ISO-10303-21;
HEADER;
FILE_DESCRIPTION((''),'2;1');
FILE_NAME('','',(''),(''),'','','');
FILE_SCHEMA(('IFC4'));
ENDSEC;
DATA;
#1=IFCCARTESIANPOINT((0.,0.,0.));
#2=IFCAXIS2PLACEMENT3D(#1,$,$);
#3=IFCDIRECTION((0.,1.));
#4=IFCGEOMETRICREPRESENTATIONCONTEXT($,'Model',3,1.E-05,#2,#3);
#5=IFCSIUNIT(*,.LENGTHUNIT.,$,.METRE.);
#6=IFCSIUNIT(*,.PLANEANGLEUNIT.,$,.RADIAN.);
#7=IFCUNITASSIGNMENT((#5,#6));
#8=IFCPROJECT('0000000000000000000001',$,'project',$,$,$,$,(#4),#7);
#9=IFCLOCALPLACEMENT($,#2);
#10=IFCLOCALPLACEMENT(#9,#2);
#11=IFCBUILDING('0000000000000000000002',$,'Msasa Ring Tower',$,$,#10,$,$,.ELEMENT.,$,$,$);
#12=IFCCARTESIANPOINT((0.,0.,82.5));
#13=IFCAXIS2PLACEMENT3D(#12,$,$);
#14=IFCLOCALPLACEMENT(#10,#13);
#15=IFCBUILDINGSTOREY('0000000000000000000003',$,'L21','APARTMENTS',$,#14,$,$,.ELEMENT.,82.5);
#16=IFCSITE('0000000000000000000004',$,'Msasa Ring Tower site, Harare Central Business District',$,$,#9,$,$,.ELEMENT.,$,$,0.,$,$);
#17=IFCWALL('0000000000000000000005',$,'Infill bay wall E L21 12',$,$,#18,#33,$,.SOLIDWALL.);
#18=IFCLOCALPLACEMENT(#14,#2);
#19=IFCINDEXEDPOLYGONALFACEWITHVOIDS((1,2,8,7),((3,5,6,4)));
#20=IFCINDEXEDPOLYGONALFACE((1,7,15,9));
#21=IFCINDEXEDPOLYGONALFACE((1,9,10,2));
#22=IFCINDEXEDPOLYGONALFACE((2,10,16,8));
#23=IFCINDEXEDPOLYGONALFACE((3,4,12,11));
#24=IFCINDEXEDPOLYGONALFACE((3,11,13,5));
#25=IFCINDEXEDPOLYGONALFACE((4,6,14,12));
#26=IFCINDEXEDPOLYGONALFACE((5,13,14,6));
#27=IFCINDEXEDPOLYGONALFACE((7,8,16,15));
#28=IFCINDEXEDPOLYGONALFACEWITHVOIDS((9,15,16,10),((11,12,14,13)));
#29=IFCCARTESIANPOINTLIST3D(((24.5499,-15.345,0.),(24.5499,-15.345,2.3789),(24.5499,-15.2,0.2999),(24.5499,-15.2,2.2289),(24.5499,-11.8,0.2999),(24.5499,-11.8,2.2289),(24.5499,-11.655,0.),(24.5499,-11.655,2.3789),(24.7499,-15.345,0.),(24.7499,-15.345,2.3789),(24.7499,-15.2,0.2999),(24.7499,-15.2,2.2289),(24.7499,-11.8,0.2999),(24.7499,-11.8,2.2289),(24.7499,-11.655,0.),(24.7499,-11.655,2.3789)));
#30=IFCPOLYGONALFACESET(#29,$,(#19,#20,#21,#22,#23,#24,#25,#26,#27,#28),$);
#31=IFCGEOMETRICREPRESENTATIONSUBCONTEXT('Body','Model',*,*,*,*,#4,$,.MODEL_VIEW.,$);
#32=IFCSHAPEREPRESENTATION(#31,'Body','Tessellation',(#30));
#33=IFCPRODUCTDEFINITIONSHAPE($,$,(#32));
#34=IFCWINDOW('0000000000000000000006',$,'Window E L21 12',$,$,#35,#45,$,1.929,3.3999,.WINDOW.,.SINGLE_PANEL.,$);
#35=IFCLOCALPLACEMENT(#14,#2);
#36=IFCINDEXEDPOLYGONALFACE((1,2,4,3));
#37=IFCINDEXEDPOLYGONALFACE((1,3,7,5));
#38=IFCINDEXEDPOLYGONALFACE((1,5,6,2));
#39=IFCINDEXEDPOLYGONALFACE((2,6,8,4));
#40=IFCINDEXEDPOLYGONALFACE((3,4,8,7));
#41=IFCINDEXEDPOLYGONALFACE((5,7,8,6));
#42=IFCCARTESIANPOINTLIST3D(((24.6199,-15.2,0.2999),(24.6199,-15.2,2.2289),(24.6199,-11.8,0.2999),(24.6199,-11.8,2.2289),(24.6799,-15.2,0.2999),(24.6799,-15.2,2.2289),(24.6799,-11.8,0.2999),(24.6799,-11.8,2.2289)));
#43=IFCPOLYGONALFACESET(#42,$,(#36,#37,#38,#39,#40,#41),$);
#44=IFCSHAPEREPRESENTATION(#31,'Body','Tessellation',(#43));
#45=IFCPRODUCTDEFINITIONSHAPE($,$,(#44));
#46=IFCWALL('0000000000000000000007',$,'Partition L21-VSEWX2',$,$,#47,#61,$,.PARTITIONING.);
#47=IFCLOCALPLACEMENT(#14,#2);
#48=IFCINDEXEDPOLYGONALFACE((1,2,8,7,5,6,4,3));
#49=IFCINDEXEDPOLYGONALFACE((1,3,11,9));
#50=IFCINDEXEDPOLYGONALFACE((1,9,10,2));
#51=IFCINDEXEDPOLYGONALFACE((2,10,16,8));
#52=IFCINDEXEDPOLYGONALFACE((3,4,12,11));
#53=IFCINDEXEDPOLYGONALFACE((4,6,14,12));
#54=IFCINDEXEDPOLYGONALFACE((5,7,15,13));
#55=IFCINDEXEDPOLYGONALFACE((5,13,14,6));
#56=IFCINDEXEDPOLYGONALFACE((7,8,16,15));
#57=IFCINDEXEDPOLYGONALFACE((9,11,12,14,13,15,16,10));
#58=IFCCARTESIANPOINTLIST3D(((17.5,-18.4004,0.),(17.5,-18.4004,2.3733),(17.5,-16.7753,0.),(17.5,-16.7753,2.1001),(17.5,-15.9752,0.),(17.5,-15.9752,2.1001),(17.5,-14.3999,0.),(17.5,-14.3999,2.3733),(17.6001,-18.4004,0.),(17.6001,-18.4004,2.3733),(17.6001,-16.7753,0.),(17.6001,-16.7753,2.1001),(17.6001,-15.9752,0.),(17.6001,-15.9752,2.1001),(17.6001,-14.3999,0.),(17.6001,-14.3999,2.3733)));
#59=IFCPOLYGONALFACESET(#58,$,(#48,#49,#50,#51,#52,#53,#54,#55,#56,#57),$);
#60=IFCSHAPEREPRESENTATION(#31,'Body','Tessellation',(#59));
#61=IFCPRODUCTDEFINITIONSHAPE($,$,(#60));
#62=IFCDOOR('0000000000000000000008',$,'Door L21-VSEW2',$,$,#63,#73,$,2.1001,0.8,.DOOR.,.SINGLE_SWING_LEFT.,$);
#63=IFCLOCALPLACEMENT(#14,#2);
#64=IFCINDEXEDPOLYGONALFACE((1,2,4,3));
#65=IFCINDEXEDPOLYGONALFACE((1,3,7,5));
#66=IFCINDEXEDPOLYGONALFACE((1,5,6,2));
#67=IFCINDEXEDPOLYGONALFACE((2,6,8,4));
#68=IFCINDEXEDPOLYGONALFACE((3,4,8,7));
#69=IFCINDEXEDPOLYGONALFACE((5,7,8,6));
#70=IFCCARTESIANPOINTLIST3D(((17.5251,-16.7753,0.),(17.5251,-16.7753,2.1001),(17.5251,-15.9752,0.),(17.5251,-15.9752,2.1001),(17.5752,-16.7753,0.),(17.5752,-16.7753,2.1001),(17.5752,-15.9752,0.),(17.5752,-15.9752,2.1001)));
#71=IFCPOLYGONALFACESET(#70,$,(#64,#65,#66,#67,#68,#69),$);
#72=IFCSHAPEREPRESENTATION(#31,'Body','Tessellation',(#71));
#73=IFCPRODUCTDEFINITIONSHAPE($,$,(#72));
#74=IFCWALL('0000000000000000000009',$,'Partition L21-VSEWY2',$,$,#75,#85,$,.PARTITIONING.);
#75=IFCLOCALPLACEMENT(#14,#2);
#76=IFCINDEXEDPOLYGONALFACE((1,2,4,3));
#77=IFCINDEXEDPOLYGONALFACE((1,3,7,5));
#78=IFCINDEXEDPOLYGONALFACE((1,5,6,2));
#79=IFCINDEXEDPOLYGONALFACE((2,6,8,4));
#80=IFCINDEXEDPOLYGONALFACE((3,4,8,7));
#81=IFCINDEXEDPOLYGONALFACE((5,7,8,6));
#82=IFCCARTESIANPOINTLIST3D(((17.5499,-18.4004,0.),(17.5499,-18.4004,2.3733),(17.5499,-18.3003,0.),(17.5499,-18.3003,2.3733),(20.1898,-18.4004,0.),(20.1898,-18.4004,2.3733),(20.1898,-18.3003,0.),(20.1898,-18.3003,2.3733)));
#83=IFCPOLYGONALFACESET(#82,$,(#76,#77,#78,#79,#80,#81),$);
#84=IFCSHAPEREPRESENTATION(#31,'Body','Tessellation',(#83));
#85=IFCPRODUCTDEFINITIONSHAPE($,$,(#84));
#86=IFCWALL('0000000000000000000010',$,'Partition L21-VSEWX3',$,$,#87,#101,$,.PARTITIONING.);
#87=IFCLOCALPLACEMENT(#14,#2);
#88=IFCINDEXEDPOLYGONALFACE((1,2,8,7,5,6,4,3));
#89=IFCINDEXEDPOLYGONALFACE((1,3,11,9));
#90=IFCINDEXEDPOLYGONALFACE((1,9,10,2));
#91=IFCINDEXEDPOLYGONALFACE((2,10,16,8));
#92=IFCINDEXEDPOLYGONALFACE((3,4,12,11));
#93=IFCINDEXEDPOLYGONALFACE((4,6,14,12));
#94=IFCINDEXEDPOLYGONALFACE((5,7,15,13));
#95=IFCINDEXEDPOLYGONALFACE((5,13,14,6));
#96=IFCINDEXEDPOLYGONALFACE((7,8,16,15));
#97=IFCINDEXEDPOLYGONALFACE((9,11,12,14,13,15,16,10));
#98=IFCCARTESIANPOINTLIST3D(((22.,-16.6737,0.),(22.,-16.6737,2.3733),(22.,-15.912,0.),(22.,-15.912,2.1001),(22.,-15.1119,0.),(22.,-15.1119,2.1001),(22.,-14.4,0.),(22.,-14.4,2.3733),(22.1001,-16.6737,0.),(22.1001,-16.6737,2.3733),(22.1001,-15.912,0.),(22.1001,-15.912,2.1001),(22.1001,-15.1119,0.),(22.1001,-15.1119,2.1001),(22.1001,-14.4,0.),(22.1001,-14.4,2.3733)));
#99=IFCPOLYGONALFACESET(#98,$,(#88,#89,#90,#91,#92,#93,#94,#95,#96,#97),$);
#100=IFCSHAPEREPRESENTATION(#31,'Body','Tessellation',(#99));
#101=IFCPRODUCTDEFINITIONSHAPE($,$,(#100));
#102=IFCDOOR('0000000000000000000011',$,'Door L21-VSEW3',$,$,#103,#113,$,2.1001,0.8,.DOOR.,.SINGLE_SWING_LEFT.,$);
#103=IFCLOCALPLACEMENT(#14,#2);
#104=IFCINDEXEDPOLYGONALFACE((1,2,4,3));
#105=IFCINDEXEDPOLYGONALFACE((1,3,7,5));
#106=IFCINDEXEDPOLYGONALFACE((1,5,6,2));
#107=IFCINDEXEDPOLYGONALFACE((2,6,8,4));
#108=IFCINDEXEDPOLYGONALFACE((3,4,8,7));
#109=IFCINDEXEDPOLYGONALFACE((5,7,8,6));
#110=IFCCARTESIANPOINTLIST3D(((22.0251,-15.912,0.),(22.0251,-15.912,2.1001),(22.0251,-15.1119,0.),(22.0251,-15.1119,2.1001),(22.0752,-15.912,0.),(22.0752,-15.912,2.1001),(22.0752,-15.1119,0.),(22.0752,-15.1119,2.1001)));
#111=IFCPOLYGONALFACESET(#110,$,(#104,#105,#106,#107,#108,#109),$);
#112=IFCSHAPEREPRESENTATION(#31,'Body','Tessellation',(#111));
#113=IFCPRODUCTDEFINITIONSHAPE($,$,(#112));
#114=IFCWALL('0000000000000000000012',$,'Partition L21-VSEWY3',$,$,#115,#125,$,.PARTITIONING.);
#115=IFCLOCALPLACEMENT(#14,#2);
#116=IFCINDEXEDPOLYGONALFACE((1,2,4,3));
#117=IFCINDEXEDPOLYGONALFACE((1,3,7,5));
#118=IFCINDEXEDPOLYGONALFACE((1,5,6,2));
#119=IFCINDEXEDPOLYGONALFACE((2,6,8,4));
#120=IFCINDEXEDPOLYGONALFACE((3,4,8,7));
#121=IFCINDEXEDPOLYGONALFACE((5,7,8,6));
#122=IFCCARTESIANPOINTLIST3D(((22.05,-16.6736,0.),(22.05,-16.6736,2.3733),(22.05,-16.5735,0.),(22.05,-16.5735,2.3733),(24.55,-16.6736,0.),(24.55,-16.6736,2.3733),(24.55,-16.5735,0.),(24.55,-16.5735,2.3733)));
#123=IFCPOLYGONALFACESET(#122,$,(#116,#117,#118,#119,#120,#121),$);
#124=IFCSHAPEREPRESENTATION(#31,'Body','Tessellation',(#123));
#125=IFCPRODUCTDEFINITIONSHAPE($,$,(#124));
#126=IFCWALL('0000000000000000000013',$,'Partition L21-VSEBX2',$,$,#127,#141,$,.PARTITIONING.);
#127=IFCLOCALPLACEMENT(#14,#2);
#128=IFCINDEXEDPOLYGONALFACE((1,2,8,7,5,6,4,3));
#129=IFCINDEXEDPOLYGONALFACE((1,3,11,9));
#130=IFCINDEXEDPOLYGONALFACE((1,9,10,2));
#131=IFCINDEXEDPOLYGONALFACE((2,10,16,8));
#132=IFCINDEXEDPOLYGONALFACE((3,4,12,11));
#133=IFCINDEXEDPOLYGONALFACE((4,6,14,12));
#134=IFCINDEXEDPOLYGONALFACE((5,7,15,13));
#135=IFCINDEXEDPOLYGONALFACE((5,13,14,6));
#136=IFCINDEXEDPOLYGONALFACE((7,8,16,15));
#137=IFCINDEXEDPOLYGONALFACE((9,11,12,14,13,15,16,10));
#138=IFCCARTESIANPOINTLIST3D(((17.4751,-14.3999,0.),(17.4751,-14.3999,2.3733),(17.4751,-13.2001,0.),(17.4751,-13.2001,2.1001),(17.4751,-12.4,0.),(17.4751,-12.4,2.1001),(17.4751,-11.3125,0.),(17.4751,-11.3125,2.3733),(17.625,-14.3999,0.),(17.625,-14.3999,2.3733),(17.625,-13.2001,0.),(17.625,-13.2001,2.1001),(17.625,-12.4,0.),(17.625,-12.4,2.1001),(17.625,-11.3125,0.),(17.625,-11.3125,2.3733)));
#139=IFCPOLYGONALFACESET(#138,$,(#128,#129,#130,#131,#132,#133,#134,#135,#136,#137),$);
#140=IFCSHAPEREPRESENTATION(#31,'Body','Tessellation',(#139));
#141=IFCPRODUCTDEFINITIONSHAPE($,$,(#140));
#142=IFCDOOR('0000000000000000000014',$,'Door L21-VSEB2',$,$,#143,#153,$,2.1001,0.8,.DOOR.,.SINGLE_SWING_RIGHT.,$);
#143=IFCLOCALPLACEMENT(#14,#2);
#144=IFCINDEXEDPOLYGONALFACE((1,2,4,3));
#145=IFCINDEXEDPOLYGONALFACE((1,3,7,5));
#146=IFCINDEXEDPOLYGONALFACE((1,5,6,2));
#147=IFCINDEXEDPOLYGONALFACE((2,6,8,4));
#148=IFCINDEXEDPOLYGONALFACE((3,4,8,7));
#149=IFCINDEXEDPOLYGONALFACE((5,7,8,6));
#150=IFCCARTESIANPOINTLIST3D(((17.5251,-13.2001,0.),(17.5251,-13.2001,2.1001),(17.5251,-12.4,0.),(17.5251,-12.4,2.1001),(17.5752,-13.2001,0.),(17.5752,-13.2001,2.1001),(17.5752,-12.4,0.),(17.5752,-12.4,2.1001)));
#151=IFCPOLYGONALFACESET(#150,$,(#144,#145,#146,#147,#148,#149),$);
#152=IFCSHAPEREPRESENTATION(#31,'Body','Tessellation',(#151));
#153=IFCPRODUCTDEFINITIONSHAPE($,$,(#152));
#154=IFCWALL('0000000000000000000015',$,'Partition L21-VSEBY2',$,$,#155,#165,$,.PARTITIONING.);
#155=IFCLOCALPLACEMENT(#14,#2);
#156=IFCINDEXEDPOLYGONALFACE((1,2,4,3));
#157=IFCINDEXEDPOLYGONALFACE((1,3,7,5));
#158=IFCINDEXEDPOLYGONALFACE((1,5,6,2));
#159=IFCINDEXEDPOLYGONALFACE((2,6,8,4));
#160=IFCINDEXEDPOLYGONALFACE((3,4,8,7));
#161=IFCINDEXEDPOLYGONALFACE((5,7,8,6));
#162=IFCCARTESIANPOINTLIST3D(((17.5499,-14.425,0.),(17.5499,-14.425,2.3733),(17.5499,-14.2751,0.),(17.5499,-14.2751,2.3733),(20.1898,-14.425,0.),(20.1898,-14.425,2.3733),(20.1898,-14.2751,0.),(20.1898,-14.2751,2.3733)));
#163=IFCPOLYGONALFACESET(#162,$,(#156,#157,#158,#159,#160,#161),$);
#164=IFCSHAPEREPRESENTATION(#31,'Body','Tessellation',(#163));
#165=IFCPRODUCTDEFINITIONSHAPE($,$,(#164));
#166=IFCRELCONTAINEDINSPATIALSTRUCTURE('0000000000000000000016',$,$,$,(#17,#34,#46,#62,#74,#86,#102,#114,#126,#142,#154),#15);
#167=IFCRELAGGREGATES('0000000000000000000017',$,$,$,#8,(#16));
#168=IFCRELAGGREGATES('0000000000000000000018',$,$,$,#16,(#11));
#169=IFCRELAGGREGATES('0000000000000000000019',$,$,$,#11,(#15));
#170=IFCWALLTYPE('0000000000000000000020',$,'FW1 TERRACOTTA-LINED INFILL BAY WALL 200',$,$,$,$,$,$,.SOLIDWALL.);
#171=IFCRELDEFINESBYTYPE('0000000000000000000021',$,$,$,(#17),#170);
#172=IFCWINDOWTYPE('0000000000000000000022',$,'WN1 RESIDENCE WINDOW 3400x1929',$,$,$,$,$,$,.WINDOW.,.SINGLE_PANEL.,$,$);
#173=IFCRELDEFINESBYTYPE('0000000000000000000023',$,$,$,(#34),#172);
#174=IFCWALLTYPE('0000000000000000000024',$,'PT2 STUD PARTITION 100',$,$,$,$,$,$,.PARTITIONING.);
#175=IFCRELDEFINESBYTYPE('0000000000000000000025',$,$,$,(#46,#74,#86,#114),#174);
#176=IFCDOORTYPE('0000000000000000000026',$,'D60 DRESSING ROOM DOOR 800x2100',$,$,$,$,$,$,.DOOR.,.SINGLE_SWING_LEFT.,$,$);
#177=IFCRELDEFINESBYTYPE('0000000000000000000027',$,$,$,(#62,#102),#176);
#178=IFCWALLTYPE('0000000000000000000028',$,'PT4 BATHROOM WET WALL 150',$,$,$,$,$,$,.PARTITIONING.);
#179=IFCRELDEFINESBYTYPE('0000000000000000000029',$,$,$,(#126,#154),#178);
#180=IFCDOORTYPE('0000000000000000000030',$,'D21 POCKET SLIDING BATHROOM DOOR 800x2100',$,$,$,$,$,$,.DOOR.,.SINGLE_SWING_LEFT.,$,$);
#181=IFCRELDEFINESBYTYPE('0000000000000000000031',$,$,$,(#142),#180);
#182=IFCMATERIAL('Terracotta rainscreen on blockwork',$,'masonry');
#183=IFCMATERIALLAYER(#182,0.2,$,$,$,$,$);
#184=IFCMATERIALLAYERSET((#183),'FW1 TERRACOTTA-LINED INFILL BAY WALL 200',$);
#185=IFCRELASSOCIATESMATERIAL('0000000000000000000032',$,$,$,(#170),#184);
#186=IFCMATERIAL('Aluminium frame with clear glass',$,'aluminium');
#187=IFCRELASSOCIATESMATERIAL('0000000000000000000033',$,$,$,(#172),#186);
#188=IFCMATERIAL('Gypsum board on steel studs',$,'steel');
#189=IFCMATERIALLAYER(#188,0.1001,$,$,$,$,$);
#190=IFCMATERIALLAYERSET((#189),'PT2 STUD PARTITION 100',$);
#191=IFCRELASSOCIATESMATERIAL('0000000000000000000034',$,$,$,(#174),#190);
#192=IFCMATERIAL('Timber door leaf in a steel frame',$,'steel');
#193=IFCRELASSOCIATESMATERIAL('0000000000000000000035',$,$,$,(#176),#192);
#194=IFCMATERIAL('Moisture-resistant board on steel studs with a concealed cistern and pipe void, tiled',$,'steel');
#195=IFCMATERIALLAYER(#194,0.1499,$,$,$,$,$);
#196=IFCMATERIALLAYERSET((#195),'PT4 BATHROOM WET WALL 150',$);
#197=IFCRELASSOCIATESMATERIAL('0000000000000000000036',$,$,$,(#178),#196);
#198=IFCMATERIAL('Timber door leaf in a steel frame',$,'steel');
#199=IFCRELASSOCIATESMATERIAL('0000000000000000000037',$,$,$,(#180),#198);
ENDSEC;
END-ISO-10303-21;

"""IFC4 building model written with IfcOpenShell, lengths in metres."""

from ifc_helpers import new_model, si_unit, direction, frame, frame_2d, origin, place, context, subcontext, project, spatial, rectangle, extrude, material, layer, layer_set, type_object, element, fill, save


model = new_model("IFC4")

# Units and contexts
model_context = context("Model", 3, precision=1e-05, world=origin(), true_north=direction((0.0, 1.0)))
body_context = subcontext(model_context, "Body", "Model", "MODEL_VIEW")
ifc_project = project(units=[si_unit("LENGTHUNIT", "METRE"), si_unit("PLANEANGLEUNIT", "RADIAN")], contexts=[model_context])

# Site, building, storey
site_placement = place(None, origin())
site = spatial("IfcSite", under=ifc_project, at=site_placement, Name="Msasa Ring Tower site, Harare Central Business District", CompositionType="ELEMENT", RefElevation=0.0)
building_placement = place(site_placement, origin())
building = spatial("IfcBuilding", under=site, at=building_placement, Name="Msasa Ring Tower", CompositionType="ELEMENT")
storey_placement = place(building_placement, frame((0.0, 0.0, 82.5)))
storey = spatial("IfcBuildingStorey", under=building, at=storey_placement, Name="L21", Description="APARTMENTS", CompositionType="ELEMENT", Elevation=82.5)

# Wall, opening, window
ifc_material_1 = material(Name="Terracotta rainscreen on blockwork", Category="masonry")
ifc_layer_1 = layer(ifc_material_1, 0.2)
ifc_layer_set_1 = layer_set([ifc_layer_1], Name="FW1 TERRACOTTA-LINED INFILL BAY WALL 200")
wall_type_1 = type_object("IfcWallType", Name="FW1 TERRACOTTA-LINED INFILL BAY WALL 200", PredefinedType="SOLIDWALL", material=ifc_layer_set_1)
ifc_material_2 = material(Name="Aluminium frame with clear glass", Category="aluminium")
window_type = type_object("IfcWindowType", Name="WN1 RESIDENCE WINDOW 3400x1929", PartitioningType="SINGLE_PANEL", PredefinedType="WINDOW", material=ifc_material_2)
wall_1_placement = place(storey_placement, frame((24.6499, -15.345, 0.0), z_axis=(0.0, 0.0, 1.0), x_axis=(0.0, 1.0, 0.0)))
wall_1 = element("IfcWall", 1, at=wall_1_placement, inside=storey, type_object=wall_type_1, Name="Infill bay wall E L21 12", PredefinedType="SOLIDWALL", context=body_context, shape_type="SweptSolid", body=[
    extrude(rectangle(XDim=3.6899, YDim=0.2, at=frame_2d((1.845, 0.0))), origin(), (0.0, 0.0, 1.0), 2.3789),
])
opening_1_placement = place(wall_1_placement, frame((0.145, 0.0, 0.3)))
opening_1 = element("IfcOpeningElement", 2, at=opening_1_placement, cuts=wall_1, PredefinedType="OPENING", context=body_context, shape_type="SweptSolid", body=[
    extrude(rectangle(XDim=3.3999, YDim=1.929, at=frame_2d((1.7, 0.9644))), frame((0.0, 0.1099, 0.0), z_axis=(0.0, -1.0, 0.0), x_axis=(1.0, 0.0, 0.0)), (0.0, 0.0, 1.0), 0.22),
])
window_1_placement = place(opening_1_placement, origin())
window_1 = element("IfcWindow", 3, at=window_1_placement, inside=storey, type_object=window_type, Name="Window E L21 12", OverallHeight=1.929, OverallWidth=3.3999, PartitioningType="SINGLE_PANEL", PredefinedType="WINDOW", context=body_context, shape_type="SweptSolid", body=[
    extrude(rectangle(XDim=3.3999, YDim=1.929, at=frame_2d((1.7, 0.9644))), frame((0.0, 0.03, 0.0), z_axis=(0.0, -1.0, 0.0), x_axis=(1.0, 0.0, 0.0)), (0.0, 0.0, 1.0), 0.0601),
])
fill(opening_1, window_1)

# Wall, opening, door
ifc_material_3 = material(Name="Gypsum board on steel studs", Category="steel")
ifc_layer_2 = layer(ifc_material_3, 0.1001)
ifc_layer_set_2 = layer_set([ifc_layer_2], Name="PT2 STUD PARTITION 100")
wall_type_2 = type_object("IfcWallType", Name="PT2 STUD PARTITION 100", PredefinedType="PARTITIONING", material=ifc_layer_set_2)
wall_2_placement = place(storey_placement, frame((17.55, -18.4004, 0.0), z_axis=(0.0, 0.0, 1.0), x_axis=(0.0, 1.0, 0.0)))
wall_2 = element("IfcWall", 4, at=wall_2_placement, inside=storey, type_object=wall_type_2, Name="Partition L21-VSEWX2", PredefinedType="PARTITIONING", context=body_context, shape_type="SweptSolid", body=[
    extrude(rectangle(XDim=4.0005, YDim=0.1001, at=frame_2d((2.0002, 0.0))), origin(), (0.0, 0.0, 1.0), 2.3733),
])
opening_2_placement = place(wall_2_placement, frame((1.6252, 0.0, 0.0)))
opening_2 = element("IfcOpeningElement", 5, at=opening_2_placement, cuts=wall_2, PredefinedType="OPENING", context=body_context, shape_type="SweptSolid", body=[
    extrude(rectangle(XDim=0.8, YDim=2.1001, at=frame_2d((0.3999, 1.05))), frame((0.0, 0.0601, 0.0), z_axis=(0.0, -1.0, 0.0), x_axis=(1.0, 0.0, 0.0)), (0.0, 0.0, 1.0), 0.1201),
])
ifc_material_4 = material(Name="Timber door leaf in a steel frame", Category="steel")
door_type_1 = type_object("IfcDoorType", Name="D60 DRESSING ROOM DOOR 800x2100", OperationType="SINGLE_SWING_LEFT", PredefinedType="DOOR", material=ifc_material_4)
door_1_placement = place(opening_2_placement, origin())
door_1 = element("IfcDoor", 6, at=door_1_placement, inside=storey, type_object=door_type_1, Name="Door L21-VSEW2", OperationType="SINGLE_SWING_LEFT", OverallHeight=2.1001, OverallWidth=0.8, PredefinedType="DOOR", context=body_context, shape_type="SweptSolid", body=[
    extrude(rectangle(XDim=0.8, YDim=2.1001, at=frame_2d((0.3999, 1.05))), frame((0.0, 0.0249, 0.0), z_axis=(0.0, -1.0, 0.0), x_axis=(1.0, 0.0, 0.0)), (0.0, 0.0, 1.0), 0.05),
])
fill(opening_2, door_1)

# Wall
wall_3_placement = place(storey_placement, frame((17.55, -18.3503, 0.0), z_axis=(0.0, 0.0, 1.0), x_axis=(1.0, 0.0, 0.0)))
element("IfcWall", 7, at=wall_3_placement, inside=storey, type_object=wall_type_2, Name="Partition L21-VSEWY2", PredefinedType="PARTITIONING", context=body_context, shape_type="SweptSolid", body=[
    extrude(rectangle(XDim=2.6399, YDim=0.1001, at=frame_2d((1.3198, 0.0))), origin(), (0.0, 0.0, 1.0), 2.3733),
])

# Wall, opening, door
wall_4_placement = place(storey_placement, frame((22.05, -16.6736, 0.0), z_axis=(0.0, 0.0, 1.0), x_axis=(0.0, 1.0, 0.0)))
wall_4 = element("IfcWall", 8, at=wall_4_placement, inside=storey, type_object=wall_type_2, Name="Partition L21-VSEWX3", PredefinedType="PARTITIONING", context=body_context, shape_type="SweptSolid", body=[
    extrude(rectangle(XDim=2.2737, YDim=0.1001, at=frame_2d((1.1367, 0.0))), origin(), (0.0, 0.0, 1.0), 2.3733),
])
opening_3_placement = place(wall_4_placement, frame((0.7617, 0.0, 0.0)))
opening_3 = element("IfcOpeningElement", 9, at=opening_3_placement, cuts=wall_4, PredefinedType="OPENING", context=body_context, shape_type="SweptSolid", body=[
    extrude(rectangle(XDim=0.8, YDim=2.1001, at=frame_2d((0.3999, 1.05))), frame((0.0, 0.0601, 0.0), z_axis=(0.0, -1.0, 0.0), x_axis=(1.0, 0.0, 0.0)), (0.0, 0.0, 1.0), 0.1201),
])
door_2_placement = place(opening_3_placement, origin())
door_2 = element("IfcDoor", 10, at=door_2_placement, inside=storey, type_object=door_type_1, Name="Door L21-VSEW3", OperationType="SINGLE_SWING_LEFT", OverallHeight=2.1001, OverallWidth=0.8, PredefinedType="DOOR", context=body_context, shape_type="SweptSolid", body=[
    extrude(rectangle(XDim=0.8, YDim=2.1001, at=frame_2d((0.3999, 1.05))), frame((0.0, 0.0249, 0.0), z_axis=(0.0, -1.0, 0.0), x_axis=(1.0, 0.0, 0.0)), (0.0, 0.0, 1.0), 0.05),
])
fill(opening_3, door_2)

# Wall
wall_5_placement = place(storey_placement, frame((22.05, -16.6235, 0.0), z_axis=(0.0, 0.0, 1.0), x_axis=(1.0, 0.0, 0.0)))
element("IfcWall", 11, at=wall_5_placement, inside=storey, type_object=wall_type_2, Name="Partition L21-VSEWY3", PredefinedType="PARTITIONING", context=body_context, shape_type="SweptSolid", body=[
    extrude(rectangle(XDim=2.5, YDim=0.1001, at=frame_2d((1.25, 0.0))), origin(), (0.0, 0.0, 1.0), 2.3733),
])

# Wall, opening, door
ifc_material_5 = material(Name="Moisture-resistant board on steel studs with a concealed cistern and pipe void, tiled", Category="steel")
ifc_layer_3 = layer(ifc_material_5, 0.1499)
ifc_layer_set_3 = layer_set([ifc_layer_3], Name="PT4 BATHROOM WET WALL 150")
wall_type_3 = type_object("IfcWallType", Name="PT4 BATHROOM WET WALL 150", PredefinedType="PARTITIONING", material=ifc_layer_set_3)
wall_6_placement = place(storey_placement, frame((17.55, -14.3999, 0.0), z_axis=(0.0, 0.0, 1.0), x_axis=(0.0, 1.0, 0.0)))
wall_6 = element("IfcWall", 12, at=wall_6_placement, inside=storey, type_object=wall_type_3, Name="Partition L21-VSEBX2", PredefinedType="PARTITIONING", context=body_context, shape_type="SweptSolid", body=[
    extrude(rectangle(XDim=3.0874, YDim=0.1499, at=frame_2d((1.5437, 0.0))), origin(), (0.0, 0.0, 1.0), 2.3733),
])
opening_4_placement = place(wall_6_placement, frame((1.2, 0.0, 0.0)))
opening_4 = element("IfcOpeningElement", 13, at=opening_4_placement, cuts=wall_6, PredefinedType="OPENING", context=body_context, shape_type="SweptSolid", body=[
    extrude(rectangle(XDim=0.8, YDim=2.1001, at=frame_2d((0.3999, 1.05))), frame((0.0, 0.085, 0.0), z_axis=(0.0, -1.0, 0.0), x_axis=(1.0, 0.0, 0.0)), (0.0, 0.0, 1.0), 0.1699),
])
ifc_material_6 = material(Name="Timber door leaf in a steel frame", Category="steel")
door_type_2 = type_object("IfcDoorType", Name="D21 POCKET SLIDING BATHROOM DOOR 800x2100", OperationType="SINGLE_SWING_LEFT", PredefinedType="DOOR", material=ifc_material_6)
door_3_placement = place(opening_4_placement, origin())
door_3 = element("IfcDoor", 14, at=door_3_placement, inside=storey, type_object=door_type_2, Name="Door L21-VSEB2", OperationType="SINGLE_SWING_RIGHT", OverallHeight=2.1001, OverallWidth=0.8, PredefinedType="DOOR", context=body_context, shape_type="SweptSolid", body=[
    extrude(rectangle(XDim=0.8, YDim=2.1001, at=frame_2d((0.3999, 1.05))), frame((0.0, 0.0249, 0.0), z_axis=(0.0, -1.0, 0.0), x_axis=(1.0, 0.0, 0.0)), (0.0, 0.0, 1.0), 0.05),
])
fill(opening_4, door_3)

# Wall
wall_7_placement = place(storey_placement, frame((17.55, -14.3501, 0.0), z_axis=(0.0, 0.0, 1.0), x_axis=(1.0, 0.0, 0.0)))
element("IfcWall", 15, at=wall_7_placement, inside=storey, type_object=wall_type_3, Name="Partition L21-VSEBY2", PredefinedType="PARTITIONING", context=body_context, shape_type="SweptSolid", body=[
    extrude(rectangle(XDim=2.6399, YDim=0.1499, at=frame_2d((1.3198, 0.0))), origin(), (0.0, 0.0, 1.0), 2.3733),
])

save(model, "model.ifc")
